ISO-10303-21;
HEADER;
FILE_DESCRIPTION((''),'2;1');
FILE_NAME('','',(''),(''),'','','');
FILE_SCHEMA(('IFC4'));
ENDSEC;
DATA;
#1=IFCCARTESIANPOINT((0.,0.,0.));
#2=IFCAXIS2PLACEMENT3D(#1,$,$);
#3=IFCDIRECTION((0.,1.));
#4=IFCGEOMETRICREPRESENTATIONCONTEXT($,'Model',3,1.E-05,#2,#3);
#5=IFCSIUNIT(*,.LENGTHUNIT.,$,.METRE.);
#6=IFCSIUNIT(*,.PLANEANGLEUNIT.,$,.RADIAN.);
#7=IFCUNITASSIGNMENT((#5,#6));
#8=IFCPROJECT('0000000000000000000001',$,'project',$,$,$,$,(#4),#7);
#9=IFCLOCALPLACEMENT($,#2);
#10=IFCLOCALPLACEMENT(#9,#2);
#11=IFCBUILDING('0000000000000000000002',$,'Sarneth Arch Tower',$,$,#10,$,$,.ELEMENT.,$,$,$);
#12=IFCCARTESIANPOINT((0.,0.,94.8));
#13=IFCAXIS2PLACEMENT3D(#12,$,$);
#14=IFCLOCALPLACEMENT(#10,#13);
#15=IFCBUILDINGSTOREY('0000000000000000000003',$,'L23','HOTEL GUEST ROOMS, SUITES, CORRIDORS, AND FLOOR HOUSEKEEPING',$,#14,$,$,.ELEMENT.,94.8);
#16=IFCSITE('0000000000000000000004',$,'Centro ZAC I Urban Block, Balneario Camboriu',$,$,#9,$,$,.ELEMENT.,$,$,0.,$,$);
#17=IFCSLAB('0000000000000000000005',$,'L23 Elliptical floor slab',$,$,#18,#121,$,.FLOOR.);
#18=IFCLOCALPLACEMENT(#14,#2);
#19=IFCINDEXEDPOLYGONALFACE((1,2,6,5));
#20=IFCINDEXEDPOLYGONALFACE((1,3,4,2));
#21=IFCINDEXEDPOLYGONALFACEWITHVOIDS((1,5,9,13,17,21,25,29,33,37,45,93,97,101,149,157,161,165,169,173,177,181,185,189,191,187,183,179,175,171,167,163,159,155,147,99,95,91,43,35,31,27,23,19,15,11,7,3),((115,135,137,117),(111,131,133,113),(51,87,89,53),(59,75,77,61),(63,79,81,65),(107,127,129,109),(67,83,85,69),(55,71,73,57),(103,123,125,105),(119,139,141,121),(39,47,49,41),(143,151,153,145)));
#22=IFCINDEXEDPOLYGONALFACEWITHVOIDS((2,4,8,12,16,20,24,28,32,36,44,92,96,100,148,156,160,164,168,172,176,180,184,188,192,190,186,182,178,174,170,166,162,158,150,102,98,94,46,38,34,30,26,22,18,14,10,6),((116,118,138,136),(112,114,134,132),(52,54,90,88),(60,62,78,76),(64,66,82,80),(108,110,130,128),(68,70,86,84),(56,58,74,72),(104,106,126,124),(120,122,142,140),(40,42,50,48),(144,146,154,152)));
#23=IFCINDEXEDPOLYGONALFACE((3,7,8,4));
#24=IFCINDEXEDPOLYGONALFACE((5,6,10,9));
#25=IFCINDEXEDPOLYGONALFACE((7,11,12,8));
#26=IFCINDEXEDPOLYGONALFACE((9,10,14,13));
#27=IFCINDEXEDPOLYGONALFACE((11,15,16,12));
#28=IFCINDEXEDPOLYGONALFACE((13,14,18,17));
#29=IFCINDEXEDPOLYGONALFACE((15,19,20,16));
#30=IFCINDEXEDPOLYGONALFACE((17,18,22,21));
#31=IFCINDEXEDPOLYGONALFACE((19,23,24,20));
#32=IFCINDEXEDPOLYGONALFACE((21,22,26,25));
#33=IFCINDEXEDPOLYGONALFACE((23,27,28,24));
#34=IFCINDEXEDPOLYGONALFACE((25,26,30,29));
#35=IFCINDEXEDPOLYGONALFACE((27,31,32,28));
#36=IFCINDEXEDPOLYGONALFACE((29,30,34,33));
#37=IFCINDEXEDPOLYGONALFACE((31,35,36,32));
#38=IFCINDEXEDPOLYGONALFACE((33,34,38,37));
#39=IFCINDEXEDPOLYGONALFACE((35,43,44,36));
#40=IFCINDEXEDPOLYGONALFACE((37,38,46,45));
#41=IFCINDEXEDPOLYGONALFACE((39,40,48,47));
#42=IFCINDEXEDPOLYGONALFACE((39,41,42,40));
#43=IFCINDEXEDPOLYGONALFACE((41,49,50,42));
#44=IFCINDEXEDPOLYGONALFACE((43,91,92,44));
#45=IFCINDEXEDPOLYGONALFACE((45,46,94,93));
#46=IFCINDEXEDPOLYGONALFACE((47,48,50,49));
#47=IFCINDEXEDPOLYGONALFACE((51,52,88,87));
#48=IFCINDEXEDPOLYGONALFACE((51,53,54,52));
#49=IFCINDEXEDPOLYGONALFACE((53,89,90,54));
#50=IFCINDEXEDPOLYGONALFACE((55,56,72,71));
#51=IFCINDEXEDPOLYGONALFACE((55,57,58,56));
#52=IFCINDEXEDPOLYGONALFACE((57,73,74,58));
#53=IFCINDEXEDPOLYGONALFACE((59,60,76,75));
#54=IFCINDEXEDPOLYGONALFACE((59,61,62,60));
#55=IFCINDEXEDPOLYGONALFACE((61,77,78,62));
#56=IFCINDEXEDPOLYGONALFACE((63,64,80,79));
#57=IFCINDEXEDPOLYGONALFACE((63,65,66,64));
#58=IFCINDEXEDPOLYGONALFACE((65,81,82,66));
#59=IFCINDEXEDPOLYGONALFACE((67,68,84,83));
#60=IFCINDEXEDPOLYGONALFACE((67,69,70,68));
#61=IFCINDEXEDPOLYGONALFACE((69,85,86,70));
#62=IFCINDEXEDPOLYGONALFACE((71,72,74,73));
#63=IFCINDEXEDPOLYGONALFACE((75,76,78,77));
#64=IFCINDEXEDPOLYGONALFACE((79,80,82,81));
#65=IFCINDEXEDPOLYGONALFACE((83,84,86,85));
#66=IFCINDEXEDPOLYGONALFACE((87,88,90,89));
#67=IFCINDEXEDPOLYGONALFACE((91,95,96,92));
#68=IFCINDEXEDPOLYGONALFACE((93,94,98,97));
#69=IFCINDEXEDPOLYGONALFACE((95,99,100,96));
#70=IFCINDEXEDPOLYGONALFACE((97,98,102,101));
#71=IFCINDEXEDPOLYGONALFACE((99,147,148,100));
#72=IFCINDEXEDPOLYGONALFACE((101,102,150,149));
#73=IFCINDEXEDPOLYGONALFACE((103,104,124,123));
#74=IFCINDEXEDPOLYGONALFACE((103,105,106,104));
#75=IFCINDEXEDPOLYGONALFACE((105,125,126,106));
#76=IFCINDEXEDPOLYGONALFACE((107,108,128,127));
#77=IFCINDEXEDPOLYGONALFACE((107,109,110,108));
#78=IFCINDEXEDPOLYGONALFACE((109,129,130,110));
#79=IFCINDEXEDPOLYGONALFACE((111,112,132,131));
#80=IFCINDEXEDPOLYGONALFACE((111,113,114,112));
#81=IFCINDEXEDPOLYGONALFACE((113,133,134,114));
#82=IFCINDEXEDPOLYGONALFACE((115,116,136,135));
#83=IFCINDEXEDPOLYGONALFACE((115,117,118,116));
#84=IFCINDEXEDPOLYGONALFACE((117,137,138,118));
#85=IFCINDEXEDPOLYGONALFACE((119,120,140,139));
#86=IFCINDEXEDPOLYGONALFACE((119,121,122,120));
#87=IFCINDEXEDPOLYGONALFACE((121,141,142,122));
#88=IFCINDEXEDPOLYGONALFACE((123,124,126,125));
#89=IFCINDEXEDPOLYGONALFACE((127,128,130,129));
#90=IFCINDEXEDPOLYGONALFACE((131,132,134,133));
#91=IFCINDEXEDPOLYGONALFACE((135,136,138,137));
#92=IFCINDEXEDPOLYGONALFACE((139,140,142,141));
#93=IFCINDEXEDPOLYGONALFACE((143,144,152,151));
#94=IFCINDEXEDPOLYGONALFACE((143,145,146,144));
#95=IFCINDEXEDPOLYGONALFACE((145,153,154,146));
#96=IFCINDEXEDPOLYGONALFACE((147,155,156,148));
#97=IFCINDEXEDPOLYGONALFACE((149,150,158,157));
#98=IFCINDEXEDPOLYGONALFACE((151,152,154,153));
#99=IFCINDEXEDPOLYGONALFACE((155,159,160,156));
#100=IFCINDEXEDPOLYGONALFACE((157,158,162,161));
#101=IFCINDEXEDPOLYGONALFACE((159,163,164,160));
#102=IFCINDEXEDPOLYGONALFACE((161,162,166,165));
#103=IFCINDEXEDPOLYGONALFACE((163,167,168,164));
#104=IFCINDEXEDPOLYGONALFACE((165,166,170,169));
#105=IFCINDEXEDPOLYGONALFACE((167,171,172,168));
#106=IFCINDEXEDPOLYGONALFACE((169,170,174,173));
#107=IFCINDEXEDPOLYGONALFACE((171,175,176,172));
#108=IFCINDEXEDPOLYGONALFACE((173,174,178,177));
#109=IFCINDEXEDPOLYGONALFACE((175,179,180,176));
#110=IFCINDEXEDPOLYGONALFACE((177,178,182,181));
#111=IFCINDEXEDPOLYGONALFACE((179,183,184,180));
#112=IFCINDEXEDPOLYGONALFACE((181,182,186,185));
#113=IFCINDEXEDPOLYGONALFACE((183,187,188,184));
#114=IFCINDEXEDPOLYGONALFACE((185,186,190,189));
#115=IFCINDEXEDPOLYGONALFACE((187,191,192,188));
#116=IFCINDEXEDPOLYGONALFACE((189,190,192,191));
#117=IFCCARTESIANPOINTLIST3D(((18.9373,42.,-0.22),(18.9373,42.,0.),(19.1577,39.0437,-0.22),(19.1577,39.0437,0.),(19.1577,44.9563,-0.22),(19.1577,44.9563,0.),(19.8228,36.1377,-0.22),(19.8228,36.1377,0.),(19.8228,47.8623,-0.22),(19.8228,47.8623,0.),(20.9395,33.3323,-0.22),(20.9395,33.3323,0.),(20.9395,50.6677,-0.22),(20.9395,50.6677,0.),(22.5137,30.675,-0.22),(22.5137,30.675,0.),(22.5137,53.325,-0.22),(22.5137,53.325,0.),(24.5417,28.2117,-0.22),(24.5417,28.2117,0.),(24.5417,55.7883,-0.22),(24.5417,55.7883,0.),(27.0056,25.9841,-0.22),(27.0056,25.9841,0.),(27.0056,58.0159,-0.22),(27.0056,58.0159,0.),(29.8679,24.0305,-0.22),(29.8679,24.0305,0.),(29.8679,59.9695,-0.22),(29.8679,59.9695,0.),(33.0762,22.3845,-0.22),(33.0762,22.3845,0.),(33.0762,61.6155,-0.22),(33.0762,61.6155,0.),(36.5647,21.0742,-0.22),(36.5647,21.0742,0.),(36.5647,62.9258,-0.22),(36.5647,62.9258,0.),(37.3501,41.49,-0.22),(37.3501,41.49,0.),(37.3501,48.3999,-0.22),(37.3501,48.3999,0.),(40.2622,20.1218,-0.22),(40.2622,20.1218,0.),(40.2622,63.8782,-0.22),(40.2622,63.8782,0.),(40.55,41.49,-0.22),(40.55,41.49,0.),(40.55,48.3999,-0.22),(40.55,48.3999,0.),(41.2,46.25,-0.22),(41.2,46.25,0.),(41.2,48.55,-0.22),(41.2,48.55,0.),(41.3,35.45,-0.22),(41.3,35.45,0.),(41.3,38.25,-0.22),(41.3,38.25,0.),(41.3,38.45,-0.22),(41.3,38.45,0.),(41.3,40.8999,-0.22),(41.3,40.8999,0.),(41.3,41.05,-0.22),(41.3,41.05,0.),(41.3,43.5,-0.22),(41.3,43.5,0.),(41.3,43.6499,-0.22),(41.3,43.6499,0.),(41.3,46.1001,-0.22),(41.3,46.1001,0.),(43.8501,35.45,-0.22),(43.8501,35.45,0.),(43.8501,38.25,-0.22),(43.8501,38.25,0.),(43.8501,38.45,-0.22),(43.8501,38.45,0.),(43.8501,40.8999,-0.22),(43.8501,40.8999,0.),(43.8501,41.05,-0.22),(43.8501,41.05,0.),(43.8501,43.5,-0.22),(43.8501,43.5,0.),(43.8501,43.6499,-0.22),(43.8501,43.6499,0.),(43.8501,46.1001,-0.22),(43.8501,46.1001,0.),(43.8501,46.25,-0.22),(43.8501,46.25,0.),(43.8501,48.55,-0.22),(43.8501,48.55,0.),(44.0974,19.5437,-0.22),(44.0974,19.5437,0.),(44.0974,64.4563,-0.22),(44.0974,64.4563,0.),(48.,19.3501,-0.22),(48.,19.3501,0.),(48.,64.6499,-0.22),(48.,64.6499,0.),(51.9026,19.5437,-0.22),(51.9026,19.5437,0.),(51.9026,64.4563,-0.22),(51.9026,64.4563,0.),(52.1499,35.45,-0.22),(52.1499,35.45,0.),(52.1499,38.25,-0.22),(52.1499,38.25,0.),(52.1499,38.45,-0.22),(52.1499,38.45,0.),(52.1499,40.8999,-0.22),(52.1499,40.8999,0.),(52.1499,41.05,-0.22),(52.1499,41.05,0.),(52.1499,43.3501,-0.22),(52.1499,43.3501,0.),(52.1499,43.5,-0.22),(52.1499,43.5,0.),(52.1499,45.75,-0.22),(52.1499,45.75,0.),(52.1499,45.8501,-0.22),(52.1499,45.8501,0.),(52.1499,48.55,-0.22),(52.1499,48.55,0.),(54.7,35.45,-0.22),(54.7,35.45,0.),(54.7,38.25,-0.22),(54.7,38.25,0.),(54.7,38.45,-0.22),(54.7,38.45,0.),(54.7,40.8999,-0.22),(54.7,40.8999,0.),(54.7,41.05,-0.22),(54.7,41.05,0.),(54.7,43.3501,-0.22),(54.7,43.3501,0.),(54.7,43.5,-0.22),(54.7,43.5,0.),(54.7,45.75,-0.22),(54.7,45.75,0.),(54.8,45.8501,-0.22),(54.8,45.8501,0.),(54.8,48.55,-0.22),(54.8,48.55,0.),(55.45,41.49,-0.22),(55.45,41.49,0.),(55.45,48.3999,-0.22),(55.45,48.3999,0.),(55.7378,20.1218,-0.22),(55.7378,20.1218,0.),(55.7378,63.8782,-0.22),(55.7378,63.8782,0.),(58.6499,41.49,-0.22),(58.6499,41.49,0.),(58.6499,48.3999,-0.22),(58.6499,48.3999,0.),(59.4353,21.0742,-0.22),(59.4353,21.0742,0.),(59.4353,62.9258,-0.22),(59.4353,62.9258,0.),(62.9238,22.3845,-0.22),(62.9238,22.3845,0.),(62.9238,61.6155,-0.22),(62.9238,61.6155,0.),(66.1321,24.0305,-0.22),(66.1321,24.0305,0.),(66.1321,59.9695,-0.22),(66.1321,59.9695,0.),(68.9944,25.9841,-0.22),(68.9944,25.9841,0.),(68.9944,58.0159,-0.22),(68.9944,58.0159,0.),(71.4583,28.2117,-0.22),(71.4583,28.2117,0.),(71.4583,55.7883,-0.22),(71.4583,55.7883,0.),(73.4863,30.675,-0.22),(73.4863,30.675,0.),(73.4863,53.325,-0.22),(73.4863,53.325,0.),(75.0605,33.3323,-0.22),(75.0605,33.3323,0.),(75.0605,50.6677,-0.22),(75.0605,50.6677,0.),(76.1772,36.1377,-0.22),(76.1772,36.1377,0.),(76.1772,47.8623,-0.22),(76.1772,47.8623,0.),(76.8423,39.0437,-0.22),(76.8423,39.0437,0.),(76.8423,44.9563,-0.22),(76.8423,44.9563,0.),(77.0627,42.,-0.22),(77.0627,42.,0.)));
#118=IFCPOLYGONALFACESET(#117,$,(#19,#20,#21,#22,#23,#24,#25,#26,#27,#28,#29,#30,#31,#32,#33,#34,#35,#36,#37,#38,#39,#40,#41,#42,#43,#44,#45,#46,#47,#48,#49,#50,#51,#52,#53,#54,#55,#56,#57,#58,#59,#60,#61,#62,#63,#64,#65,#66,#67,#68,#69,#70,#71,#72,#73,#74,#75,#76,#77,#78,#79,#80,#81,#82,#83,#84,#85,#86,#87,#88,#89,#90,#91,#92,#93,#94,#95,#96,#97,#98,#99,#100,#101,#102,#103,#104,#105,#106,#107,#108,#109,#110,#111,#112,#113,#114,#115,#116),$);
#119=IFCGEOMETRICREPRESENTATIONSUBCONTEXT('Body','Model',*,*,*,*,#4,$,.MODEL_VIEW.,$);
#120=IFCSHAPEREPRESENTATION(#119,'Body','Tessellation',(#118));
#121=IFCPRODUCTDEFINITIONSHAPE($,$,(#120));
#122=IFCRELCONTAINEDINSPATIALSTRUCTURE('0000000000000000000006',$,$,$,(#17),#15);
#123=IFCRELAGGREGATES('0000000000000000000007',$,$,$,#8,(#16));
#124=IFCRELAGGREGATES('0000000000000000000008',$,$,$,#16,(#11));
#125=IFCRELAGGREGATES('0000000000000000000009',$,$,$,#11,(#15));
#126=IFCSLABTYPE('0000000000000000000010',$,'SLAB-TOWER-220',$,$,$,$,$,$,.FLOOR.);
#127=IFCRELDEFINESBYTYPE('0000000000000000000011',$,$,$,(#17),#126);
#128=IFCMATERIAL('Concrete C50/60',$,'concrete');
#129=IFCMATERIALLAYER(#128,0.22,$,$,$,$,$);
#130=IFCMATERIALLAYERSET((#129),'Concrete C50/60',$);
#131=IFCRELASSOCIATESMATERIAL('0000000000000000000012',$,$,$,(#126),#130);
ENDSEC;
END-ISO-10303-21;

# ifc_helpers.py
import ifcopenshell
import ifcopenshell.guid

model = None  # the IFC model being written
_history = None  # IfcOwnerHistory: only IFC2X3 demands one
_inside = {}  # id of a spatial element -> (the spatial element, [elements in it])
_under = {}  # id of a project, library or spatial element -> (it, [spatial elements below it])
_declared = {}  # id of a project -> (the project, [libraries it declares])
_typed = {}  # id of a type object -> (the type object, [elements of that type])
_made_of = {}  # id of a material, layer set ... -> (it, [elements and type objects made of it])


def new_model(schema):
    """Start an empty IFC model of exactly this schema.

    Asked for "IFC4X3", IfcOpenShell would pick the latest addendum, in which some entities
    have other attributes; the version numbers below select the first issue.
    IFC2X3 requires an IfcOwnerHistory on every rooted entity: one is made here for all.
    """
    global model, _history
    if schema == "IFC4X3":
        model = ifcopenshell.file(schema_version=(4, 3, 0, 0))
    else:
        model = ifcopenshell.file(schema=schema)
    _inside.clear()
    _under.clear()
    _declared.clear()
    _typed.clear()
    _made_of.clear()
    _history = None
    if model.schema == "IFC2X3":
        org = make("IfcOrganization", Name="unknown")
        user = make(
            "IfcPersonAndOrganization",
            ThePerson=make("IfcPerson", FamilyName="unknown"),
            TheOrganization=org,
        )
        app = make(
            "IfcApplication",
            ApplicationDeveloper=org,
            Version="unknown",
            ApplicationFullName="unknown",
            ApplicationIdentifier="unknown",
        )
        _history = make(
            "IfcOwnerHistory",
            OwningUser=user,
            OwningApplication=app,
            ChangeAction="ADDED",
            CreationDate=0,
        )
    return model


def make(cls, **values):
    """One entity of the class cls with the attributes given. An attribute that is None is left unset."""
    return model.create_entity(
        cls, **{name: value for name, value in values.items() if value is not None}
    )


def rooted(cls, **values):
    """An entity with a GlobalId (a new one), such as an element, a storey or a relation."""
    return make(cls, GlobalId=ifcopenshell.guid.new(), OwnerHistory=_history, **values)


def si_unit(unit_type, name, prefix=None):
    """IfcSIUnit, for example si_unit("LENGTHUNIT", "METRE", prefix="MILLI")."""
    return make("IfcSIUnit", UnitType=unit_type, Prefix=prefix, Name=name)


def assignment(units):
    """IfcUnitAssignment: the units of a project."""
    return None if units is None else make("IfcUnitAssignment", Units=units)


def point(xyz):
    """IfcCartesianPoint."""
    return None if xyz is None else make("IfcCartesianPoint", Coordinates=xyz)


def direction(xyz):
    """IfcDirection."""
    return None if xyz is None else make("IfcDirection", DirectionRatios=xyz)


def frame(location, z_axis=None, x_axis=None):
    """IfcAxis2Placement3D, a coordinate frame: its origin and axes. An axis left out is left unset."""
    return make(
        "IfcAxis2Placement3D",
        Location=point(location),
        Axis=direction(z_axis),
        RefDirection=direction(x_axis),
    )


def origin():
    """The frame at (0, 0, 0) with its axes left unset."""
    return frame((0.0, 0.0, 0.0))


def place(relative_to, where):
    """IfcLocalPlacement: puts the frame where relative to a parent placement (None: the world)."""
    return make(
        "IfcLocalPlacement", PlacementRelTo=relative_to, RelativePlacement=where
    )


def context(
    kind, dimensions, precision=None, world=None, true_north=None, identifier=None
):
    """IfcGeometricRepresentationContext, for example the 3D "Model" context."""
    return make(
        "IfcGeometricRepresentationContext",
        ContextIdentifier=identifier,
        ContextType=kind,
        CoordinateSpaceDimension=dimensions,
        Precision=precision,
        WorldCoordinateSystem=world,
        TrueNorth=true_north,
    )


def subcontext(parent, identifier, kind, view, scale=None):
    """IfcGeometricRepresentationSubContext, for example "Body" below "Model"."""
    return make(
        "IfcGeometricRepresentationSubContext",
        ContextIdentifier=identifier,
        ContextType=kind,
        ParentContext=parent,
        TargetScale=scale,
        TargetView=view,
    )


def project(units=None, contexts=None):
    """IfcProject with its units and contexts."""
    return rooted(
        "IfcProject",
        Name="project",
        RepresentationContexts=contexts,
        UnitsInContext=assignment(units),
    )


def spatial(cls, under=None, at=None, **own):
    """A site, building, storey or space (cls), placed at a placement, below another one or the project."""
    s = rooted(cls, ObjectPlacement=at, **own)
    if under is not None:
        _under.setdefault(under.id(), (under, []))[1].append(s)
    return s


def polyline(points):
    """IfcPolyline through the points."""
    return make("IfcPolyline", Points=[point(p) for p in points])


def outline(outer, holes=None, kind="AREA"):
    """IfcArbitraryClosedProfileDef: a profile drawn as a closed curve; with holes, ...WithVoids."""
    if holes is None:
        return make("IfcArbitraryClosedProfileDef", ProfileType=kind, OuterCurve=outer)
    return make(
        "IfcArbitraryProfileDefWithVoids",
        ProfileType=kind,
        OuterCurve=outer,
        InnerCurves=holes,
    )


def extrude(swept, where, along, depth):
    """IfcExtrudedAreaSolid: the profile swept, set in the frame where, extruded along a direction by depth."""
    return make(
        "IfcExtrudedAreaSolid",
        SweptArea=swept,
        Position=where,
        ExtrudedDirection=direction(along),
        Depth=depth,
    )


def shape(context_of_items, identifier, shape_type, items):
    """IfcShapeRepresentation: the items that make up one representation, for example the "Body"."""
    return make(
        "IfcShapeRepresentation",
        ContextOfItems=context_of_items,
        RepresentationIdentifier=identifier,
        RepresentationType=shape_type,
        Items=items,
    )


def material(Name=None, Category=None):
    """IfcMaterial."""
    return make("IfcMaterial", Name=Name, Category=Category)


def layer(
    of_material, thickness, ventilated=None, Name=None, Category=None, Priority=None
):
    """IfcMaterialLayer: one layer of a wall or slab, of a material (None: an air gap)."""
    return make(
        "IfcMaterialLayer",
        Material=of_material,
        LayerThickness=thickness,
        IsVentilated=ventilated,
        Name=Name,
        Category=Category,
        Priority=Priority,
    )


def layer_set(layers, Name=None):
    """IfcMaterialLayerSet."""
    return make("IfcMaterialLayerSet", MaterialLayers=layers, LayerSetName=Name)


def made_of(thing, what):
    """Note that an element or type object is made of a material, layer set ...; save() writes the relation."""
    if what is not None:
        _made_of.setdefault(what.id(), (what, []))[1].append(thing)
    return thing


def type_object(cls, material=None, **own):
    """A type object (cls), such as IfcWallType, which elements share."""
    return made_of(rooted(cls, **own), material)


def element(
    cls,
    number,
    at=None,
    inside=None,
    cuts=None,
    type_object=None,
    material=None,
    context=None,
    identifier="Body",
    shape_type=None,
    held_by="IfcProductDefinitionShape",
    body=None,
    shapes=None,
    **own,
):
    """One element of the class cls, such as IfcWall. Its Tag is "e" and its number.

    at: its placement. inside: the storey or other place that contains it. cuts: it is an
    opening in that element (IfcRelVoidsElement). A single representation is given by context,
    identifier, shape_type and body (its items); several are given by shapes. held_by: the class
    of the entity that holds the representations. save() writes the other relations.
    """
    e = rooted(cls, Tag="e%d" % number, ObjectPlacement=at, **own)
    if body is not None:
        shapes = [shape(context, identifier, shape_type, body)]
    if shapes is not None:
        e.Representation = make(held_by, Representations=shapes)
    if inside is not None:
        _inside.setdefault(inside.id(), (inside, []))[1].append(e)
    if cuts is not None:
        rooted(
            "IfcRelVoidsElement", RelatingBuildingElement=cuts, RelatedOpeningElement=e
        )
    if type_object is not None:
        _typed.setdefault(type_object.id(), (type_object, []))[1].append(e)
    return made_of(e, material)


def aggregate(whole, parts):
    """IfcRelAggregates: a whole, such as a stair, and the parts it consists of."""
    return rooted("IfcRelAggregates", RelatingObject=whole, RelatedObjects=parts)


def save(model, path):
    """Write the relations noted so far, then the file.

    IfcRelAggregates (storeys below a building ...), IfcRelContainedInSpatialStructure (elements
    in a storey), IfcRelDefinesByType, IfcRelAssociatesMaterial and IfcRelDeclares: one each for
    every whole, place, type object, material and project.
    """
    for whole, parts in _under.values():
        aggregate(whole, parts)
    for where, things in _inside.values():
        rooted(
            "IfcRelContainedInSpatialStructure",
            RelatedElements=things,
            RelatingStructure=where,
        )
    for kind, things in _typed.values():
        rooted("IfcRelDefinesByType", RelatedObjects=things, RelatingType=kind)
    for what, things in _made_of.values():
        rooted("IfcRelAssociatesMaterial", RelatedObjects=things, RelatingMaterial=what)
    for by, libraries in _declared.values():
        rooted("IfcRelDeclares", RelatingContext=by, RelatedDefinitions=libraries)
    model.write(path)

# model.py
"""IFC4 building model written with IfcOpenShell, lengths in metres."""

from ifc_helpers import new_model, si_unit, direction, frame, origin, place, context, subcontext, project, spatial, polyline, outline, extrude, material, layer, layer_set, type_object, element, save


model = new_model("IFC4")

# Units and contexts
model_context = context("Model", 3, precision=1e-05, world=origin(), true_north=direction((0.0, 1.0)))
body_context = subcontext(model_context, "Body", "Model", "MODEL_VIEW")
ifc_project = project(units=[si_unit("LENGTHUNIT", "METRE"), si_unit("PLANEANGLEUNIT", "RADIAN")], contexts=[model_context])

# Site, building, storey
site_placement = place(None, origin())
site = spatial("IfcSite", under=ifc_project, at=site_placement, Name="Centro ZAC I Urban Block, Balneario Camboriu", CompositionType="ELEMENT", RefElevation=0.0)
building_placement = place(site_placement, origin())
building = spatial("IfcBuilding", under=site, at=building_placement, Name="Sarneth Arch Tower", CompositionType="ELEMENT")
storey_placement = place(building_placement, frame((0.0, 0.0, 94.8)))
storey = spatial("IfcBuildingStorey", under=building, at=storey_placement, Name="L23", Description="HOTEL GUEST ROOMS, SUITES, CORRIDORS, AND FLOOR HOUSEKEEPING", CompositionType="ELEMENT", Elevation=94.8)

# Slab
ifc_material_1 = material(Name="Concrete C50/60", Category="concrete")
ifc_layer_1 = layer(ifc_material_1, 0.22)
ifc_layer_set_1 = layer_set([ifc_layer_1], Name="Concrete C50/60")
slab_type_1 = type_object("IfcSlabType", Name="SLAB-TOWER-220", PredefinedType="FLOOR", material=ifc_layer_set_1)
slab_1_placement = place(storey_placement, frame((0.0, 0.0, -0.22)))
element("IfcSlab", 1, at=slab_1_placement, inside=storey, type_object=slab_type_1, Name="L23 Elliptical floor slab", PredefinedType="FLOOR", context=body_context, shape_type="SweptSolid", body=[
    extrude(outline(polyline([(77.0627, 42.0), (76.8423, 44.9563), (76.1772, 47.8623), (75.0605, 50.6677), (73.4863, 53.325), (71.4583, 55.7883), (68.9944, 58.0159), (66.1321, 59.9695), (62.9238, 61.6155), (59.4353, 62.9258), (55.7378, 63.8782), (51.9026, 64.4563), (48.0, 64.6499), (44.0974, 64.4563), (40.2622, 63.8782), (36.5647, 62.9258), (33.0762, 61.6155), (29.8679, 59.9695), (27.0056, 58.0159), (24.5417, 55.7883), (22.5137, 53.325), (20.9395, 50.6677), (19.8228, 47.8623), (19.1577, 44.9563), (18.9373, 42.0), (19.1577, 39.0437), (19.8228, 36.1377), (20.9395, 33.3323), (22.5137, 30.675), (24.5417, 28.2117), (27.0056, 25.9841), (29.8679, 24.0305), (33.0762, 22.3845), (36.5647, 21.0742), (40.2622, 20.1218), (44.0974, 19.5437), (48.0, 19.3501), (51.9026, 19.5437), (55.7378, 20.1218), (59.4353, 21.0742), (62.9238, 22.3845), (66.1321, 24.0305), (68.9944, 25.9841), (71.4583, 28.2117), (73.4863, 30.675), (75.0605, 33.3323), (76.1772, 36.1377), (76.8423, 39.0437), (77.0627, 42.0)]), holes=[polyline([(37.3501, 41.49), (40.55, 41.49), (40.55, 48.3999), (37.3501, 48.3999), (37.3501, 41.49)]), polyline([(55.45, 41.49), (58.6499, 41.49), (58.6499, 48.3999), (55.45, 48.3999), (55.45, 41.49)]), polyline([(41.2, 46.25), (43.8501, 46.25), (43.8501, 48.55), (41.2, 48.55), (41.2, 46.25)]), polyline([(41.3, 35.45), (43.8501, 35.45), (43.8501, 38.25), (41.3, 38.25), (41.3, 35.45)]), polyline([(52.1499, 35.45), (54.7, 35.45), (54.7, 38.25), (52.1499, 38.25), (52.1499, 35.45)]), polyline([(52.1499, 45.8501), (54.8, 45.8501), (54.8, 48.55), (52.1499, 48.55), (52.1499, 45.8501)]), polyline([(41.3, 38.45), (43.8501, 38.45), (43.8501, 40.8999), (41.3, 40.8999), (41.3, 38.45)]), polyline([(41.3, 41.05), (43.8501, 41.05), (43.8501, 43.5), (41.3, 43.5), (41.3, 41.05)]), polyline([(41.3, 43.6499), (43.8501, 43.6499), (43.8501, 46.1001), (41.3, 46.1001), (41.3, 43.6499)]), polyline([(52.1499, 38.45), (54.7, 38.45), (54.7, 40.8999), (52.1499, 40.8999), (52.1499, 38.45)]), polyline([(52.1499, 41.05), (54.7, 41.05), (54.7, 43.3501), (52.1499, 43.3501), (52.1499, 41.05)]), polyline([(52.1499, 43.5), (54.7, 43.5), (54.7, 45.75), (52.1499, 45.75), (52.1499, 43.5)])]), origin(), (0.0, 0.0, 1.0), 0.22),
])

save(model, "model.ifc")
